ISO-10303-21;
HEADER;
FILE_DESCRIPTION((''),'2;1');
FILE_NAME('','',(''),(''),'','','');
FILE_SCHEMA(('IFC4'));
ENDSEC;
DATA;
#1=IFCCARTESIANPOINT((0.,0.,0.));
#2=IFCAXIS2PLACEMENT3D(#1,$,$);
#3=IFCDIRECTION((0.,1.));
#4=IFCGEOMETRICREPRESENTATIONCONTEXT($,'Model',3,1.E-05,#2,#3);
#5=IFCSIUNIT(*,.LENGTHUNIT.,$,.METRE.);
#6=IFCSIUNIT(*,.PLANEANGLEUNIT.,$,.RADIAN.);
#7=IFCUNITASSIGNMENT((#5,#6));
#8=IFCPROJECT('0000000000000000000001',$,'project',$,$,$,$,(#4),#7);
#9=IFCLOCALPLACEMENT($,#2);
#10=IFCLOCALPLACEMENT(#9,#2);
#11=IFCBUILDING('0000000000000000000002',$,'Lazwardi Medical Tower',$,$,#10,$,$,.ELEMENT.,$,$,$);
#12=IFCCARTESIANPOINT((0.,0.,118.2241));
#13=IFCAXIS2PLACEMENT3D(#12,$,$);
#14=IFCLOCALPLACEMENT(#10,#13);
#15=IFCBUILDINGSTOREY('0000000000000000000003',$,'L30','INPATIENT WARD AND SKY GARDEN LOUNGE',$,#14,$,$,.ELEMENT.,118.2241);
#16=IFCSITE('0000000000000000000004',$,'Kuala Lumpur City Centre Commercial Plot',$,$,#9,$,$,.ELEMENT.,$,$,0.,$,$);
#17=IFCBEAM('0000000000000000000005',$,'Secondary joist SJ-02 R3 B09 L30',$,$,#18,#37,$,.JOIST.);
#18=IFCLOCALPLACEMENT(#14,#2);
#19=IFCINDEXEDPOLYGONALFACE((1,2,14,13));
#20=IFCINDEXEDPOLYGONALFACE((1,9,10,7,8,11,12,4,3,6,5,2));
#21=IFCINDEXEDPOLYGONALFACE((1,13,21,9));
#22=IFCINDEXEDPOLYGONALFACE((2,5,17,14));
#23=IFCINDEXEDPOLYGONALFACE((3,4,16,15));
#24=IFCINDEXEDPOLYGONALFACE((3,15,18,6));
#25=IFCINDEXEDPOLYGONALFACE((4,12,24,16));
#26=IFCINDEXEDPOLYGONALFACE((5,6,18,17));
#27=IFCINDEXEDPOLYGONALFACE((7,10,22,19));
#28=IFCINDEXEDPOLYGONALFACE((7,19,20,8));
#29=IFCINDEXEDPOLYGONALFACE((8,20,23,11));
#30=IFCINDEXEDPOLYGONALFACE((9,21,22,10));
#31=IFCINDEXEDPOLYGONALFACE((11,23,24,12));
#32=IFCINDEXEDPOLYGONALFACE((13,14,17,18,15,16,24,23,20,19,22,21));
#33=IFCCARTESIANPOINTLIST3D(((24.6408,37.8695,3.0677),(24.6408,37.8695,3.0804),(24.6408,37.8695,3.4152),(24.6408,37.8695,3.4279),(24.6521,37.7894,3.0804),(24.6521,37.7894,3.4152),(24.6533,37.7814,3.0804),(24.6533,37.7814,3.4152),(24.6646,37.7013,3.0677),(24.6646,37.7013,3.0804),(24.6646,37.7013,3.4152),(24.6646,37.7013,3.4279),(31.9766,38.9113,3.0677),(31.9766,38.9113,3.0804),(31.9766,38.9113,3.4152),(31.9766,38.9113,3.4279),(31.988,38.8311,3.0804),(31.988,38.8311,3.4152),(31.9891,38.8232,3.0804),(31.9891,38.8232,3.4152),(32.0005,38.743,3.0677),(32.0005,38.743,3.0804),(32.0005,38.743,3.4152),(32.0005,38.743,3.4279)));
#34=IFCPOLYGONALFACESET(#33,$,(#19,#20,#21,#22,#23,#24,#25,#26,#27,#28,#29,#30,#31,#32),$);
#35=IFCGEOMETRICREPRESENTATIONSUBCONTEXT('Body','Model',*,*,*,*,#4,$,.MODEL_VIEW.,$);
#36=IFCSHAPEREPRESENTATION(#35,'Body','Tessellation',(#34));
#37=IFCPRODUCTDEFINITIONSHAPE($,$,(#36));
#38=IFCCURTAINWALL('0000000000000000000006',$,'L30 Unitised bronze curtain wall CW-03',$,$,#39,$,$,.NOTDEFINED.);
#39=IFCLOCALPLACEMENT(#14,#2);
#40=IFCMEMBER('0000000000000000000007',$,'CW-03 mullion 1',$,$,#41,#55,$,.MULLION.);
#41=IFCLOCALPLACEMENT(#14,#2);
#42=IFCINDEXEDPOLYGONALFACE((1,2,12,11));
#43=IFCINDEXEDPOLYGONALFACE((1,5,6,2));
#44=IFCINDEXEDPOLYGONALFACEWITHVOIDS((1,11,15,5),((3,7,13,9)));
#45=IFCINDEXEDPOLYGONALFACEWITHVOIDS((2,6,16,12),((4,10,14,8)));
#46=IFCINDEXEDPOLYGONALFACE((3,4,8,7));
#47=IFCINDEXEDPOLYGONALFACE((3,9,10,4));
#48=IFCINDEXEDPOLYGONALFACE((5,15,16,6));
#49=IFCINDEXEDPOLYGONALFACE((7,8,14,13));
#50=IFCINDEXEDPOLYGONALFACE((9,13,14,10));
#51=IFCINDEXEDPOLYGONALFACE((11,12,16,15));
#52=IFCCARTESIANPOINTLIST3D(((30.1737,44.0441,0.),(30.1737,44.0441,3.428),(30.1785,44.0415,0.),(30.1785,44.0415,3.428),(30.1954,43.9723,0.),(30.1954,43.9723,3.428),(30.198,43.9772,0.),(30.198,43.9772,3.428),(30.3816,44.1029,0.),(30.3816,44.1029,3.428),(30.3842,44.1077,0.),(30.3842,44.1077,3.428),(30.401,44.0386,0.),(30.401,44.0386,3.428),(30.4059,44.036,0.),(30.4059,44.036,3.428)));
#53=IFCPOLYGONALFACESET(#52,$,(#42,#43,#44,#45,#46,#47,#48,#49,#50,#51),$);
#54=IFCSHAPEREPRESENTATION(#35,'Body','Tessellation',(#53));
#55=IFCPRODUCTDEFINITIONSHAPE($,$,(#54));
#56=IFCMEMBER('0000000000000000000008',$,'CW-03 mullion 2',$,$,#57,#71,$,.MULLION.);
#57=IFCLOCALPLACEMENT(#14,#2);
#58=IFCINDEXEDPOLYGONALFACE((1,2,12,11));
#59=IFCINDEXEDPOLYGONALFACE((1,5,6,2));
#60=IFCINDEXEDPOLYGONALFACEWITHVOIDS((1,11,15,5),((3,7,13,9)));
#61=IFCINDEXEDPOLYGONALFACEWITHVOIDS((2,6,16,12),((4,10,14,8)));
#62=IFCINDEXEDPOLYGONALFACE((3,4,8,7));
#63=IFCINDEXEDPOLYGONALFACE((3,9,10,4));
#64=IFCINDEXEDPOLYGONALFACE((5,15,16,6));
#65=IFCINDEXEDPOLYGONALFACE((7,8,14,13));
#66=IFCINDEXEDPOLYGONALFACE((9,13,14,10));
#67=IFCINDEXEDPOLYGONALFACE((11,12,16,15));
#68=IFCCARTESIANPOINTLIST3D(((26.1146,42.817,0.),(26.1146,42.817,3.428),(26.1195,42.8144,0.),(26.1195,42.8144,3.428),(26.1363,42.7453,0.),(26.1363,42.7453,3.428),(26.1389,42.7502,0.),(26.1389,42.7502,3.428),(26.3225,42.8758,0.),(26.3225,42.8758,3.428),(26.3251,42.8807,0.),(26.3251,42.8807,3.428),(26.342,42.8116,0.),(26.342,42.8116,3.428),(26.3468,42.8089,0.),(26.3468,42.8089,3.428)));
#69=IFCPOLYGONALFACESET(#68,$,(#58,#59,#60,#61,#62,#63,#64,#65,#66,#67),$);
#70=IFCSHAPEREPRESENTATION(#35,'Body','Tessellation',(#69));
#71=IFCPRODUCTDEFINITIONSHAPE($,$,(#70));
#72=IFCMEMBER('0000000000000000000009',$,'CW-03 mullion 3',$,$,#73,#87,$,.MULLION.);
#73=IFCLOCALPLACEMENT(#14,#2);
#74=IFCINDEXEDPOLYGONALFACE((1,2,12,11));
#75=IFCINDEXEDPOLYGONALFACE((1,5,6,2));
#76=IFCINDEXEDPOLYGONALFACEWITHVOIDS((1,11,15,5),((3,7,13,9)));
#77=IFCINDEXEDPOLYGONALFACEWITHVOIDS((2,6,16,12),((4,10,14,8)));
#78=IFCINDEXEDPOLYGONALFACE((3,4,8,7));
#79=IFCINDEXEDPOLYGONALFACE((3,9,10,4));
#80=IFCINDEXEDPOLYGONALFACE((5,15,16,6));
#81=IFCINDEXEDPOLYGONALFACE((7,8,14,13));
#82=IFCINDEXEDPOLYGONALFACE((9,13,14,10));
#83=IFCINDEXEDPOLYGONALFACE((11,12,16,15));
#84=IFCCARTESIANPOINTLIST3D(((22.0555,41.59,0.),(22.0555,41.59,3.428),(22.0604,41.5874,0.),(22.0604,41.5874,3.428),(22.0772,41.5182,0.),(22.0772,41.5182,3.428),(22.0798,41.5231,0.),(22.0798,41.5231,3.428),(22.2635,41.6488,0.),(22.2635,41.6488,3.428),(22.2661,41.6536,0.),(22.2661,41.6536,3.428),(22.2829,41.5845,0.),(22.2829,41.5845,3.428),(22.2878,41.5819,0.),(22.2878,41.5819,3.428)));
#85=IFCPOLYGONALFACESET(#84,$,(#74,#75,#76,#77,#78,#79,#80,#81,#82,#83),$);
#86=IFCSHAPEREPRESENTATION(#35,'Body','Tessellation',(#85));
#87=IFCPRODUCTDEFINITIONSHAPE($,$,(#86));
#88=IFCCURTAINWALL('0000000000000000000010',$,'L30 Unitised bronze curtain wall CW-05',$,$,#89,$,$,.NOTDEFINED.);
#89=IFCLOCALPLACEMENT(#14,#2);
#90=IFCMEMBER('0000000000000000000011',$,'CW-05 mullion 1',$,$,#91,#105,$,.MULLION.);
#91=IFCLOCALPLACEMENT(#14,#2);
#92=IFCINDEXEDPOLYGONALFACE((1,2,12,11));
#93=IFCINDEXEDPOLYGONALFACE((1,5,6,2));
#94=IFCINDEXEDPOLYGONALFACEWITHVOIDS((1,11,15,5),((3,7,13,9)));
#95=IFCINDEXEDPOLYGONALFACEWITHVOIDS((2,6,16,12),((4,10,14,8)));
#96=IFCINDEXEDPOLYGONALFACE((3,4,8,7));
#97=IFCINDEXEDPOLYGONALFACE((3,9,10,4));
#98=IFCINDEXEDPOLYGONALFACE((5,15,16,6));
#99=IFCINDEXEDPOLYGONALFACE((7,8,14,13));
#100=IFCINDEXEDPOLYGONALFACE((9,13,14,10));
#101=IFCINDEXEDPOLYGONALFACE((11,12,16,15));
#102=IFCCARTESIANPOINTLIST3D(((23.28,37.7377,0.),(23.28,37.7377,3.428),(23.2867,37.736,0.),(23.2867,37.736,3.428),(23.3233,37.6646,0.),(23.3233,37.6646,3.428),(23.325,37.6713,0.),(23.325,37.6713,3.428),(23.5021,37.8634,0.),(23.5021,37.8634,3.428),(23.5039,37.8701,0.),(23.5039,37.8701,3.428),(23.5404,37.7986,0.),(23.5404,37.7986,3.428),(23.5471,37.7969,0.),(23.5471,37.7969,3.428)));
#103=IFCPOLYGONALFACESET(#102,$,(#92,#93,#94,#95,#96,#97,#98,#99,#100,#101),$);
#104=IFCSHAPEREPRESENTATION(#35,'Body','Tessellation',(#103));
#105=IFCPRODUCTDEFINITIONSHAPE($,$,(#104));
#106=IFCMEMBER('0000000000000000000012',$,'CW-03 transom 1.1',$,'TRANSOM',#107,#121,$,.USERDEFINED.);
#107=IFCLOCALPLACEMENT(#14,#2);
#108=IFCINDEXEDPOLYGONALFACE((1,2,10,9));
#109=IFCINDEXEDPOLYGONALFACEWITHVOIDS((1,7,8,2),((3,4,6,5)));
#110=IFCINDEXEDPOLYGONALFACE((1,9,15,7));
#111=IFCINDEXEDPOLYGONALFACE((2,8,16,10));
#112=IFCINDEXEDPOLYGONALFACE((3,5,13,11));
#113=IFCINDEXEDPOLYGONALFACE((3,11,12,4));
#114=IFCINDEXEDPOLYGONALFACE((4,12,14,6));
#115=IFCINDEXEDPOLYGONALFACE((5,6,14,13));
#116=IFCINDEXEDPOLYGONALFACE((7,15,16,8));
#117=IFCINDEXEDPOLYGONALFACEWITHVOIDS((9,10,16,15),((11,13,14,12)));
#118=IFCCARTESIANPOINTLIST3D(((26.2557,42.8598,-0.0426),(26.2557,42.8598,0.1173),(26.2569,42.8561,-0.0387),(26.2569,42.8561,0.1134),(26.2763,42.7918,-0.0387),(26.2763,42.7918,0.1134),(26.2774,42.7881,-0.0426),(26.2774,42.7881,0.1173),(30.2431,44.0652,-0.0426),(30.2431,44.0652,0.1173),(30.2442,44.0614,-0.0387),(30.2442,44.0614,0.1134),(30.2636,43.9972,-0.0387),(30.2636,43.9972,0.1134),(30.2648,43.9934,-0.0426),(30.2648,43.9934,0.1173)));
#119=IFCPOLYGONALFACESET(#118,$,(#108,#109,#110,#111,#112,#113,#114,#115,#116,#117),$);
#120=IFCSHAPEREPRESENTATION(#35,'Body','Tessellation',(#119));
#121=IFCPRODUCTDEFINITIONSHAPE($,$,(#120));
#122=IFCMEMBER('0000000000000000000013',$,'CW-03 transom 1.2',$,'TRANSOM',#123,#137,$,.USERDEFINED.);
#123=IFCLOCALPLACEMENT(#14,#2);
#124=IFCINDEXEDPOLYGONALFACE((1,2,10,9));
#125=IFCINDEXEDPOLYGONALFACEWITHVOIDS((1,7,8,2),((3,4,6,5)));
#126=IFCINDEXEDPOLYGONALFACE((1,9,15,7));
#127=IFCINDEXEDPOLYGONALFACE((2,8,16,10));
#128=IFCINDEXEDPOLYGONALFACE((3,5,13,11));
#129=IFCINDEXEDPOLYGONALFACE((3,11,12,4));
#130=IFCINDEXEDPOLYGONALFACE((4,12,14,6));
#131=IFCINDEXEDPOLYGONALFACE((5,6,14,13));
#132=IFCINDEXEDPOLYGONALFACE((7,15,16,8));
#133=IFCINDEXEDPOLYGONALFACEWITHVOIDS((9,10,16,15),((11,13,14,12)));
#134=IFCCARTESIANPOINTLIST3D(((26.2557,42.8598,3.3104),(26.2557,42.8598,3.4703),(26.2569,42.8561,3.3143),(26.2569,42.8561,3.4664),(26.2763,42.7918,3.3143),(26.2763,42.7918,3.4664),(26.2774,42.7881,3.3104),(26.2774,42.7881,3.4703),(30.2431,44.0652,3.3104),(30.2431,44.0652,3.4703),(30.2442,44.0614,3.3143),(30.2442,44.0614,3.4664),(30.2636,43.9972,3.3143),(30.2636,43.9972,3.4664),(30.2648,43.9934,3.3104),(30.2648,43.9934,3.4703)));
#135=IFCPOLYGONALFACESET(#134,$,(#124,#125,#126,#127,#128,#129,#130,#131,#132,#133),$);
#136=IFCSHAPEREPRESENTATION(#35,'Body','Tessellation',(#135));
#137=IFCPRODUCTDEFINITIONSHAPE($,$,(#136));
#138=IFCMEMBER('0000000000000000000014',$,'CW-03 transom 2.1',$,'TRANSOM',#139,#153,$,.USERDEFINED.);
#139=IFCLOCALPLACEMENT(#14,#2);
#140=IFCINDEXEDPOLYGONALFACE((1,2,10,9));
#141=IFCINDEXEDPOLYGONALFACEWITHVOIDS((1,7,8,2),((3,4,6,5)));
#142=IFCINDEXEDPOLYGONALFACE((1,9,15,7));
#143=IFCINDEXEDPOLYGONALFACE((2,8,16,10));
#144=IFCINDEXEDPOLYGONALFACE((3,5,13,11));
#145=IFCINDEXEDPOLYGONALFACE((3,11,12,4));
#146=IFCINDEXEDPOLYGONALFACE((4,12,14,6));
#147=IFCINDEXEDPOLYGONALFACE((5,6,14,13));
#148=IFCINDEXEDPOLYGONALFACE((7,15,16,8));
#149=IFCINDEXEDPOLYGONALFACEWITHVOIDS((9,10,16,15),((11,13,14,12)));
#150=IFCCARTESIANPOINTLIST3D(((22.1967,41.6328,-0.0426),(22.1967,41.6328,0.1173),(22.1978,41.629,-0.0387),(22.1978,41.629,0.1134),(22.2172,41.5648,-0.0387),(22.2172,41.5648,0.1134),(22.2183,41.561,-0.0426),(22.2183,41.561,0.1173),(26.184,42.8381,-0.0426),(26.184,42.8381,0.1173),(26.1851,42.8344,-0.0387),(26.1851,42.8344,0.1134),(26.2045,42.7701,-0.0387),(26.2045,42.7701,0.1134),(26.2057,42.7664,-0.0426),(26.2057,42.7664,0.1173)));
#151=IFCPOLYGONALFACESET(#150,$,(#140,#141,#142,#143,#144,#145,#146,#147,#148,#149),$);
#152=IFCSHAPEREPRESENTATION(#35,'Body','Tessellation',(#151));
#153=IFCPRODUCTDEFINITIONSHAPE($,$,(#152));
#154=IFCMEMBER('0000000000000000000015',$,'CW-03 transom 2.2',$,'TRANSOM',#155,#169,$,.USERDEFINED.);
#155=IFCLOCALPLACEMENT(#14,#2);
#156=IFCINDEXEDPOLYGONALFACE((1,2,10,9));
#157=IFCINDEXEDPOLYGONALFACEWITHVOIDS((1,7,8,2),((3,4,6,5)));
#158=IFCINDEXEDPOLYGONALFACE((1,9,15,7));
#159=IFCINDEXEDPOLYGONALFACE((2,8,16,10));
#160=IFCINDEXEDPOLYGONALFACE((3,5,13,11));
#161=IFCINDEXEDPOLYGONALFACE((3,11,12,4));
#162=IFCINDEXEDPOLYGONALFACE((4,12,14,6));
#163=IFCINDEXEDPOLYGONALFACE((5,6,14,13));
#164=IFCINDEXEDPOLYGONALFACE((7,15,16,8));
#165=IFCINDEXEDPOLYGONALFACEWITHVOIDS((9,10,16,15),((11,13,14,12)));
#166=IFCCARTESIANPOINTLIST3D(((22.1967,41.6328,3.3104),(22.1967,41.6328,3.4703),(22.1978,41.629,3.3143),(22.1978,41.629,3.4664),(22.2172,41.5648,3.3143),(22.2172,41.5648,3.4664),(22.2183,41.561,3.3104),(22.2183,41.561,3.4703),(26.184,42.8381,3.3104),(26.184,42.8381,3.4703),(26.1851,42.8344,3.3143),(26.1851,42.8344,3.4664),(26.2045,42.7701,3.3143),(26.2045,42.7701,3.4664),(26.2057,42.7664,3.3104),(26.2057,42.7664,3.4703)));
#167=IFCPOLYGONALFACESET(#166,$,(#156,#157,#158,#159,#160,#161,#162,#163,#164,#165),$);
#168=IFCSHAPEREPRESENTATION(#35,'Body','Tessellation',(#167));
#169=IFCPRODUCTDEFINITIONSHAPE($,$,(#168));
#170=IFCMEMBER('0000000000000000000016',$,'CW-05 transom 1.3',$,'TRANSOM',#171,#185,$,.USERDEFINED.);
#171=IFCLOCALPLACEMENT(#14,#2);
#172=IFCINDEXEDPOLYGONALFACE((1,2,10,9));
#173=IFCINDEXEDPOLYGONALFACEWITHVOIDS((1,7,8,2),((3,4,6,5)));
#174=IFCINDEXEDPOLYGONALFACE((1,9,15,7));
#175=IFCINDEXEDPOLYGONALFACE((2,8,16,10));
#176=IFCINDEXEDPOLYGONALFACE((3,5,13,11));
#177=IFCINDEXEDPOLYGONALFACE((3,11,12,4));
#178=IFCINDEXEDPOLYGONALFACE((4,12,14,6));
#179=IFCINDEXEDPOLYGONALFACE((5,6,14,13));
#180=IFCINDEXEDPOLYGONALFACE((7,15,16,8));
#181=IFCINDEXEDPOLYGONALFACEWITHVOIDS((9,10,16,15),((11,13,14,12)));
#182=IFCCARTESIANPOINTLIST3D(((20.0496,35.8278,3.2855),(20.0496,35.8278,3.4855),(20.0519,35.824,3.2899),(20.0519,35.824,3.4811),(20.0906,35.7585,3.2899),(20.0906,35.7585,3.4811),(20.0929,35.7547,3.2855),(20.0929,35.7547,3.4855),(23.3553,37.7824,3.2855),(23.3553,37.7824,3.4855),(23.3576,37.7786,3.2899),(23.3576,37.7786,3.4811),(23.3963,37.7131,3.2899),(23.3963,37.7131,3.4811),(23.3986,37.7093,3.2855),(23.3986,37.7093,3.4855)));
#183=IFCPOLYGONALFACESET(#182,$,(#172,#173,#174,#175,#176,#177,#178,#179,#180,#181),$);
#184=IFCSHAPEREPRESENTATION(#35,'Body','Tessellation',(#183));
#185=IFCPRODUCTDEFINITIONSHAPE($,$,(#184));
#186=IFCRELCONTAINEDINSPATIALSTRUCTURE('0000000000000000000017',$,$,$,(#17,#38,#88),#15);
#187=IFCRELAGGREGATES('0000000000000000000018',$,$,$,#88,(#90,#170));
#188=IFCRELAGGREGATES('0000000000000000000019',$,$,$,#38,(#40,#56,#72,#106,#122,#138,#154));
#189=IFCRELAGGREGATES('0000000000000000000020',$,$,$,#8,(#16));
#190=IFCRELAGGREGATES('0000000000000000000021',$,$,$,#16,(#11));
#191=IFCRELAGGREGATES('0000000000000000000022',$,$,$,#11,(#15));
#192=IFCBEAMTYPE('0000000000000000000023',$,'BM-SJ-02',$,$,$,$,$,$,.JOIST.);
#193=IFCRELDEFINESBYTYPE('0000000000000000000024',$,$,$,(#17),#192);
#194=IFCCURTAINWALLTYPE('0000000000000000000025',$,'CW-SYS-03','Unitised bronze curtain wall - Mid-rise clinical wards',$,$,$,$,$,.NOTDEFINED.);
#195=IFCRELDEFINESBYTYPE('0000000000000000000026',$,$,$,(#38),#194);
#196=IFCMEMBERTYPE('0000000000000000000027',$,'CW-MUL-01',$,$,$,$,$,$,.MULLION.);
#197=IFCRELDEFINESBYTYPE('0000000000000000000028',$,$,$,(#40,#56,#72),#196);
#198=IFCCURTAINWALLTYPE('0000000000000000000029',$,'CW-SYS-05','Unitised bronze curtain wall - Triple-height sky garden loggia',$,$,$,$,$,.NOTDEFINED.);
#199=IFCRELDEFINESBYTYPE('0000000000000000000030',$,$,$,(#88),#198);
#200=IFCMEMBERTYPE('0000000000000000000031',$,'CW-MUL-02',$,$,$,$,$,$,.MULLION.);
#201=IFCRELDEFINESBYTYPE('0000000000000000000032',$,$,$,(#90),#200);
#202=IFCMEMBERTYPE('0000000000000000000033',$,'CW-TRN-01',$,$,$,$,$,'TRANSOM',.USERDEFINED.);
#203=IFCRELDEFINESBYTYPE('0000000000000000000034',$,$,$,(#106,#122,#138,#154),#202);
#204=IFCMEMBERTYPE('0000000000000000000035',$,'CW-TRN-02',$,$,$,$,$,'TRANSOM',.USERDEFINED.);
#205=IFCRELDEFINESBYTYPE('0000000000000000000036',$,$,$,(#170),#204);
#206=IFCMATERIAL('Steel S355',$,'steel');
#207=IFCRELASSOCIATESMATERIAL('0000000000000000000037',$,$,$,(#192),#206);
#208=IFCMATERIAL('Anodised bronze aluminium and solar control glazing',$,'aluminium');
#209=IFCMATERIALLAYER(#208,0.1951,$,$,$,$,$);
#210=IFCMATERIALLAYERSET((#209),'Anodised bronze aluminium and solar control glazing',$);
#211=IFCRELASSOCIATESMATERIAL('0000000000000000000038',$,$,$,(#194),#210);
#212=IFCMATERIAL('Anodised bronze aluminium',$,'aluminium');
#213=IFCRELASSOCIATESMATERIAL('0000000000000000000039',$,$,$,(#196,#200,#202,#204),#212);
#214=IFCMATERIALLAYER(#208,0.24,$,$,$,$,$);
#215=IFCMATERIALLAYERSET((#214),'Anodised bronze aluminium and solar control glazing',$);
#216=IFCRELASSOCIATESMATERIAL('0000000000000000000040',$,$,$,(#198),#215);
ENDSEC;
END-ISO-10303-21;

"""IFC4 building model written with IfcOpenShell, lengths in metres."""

from ifc_helpers import new_model, si_unit, direction, frame, origin, origin_2d, place, context, subcontext, project, spatial, hollow_rectangle, i_section, extrude, material, layer, layer_set, material_profile, profile_set, type_object, element, aggregate, save


model = new_model("IFC4")

# Units and contexts
model_context = context("Model", 3, precision=1e-05, world=origin(), true_north=direction((0.0, 1.0)))
body_context = subcontext(model_context, "Body", "Model", "MODEL_VIEW")
ifc_project = project(units=[si_unit("LENGTHUNIT", "METRE"), si_unit("PLANEANGLEUNIT", "RADIAN")], contexts=[model_context])

# Site, building, storey
site_placement = place(None, origin())
site = spatial("IfcSite", under=ifc_project, at=site_placement, Name="Kuala Lumpur City Centre Commercial Plot", CompositionType="ELEMENT", RefElevation=0.0)
building_placement = place(site_placement, origin())
building = spatial("IfcBuilding", under=site, at=building_placement, Name="Lazwardi Medical Tower", CompositionType="ELEMENT")
storey_placement = place(building_placement, frame((0.0, 0.0, 118.2241)))
storey = spatial("IfcBuildingStorey", under=building, at=storey_placement, Name="L30", Description="INPATIENT WARD AND SKY GARDEN LOUNGE", CompositionType="ELEMENT", Elevation=118.2241)

# Beam
ifc_material_1 = material(Name="Steel S355", Category="steel")
ifc_material_profile_1 = material_profile(ifc_material_1, i_section(OverallWidth=0.1699, OverallDepth=0.3601, WebThickness=0.0081, FlangeThickness=0.0127, at=origin_2d()), Name="IPE 360")
ifc_profile_set_1 = profile_set([ifc_material_profile_1], Name="Steel S355")
beam_type_1 = type_object("IfcBeamType", Name="BM-SJ-02", PredefinedType="JOIST", material=ifc_profile_set_1)
beam_1_placement = place(storey_placement, frame((31.9885, 38.8271, 3.2478), z_axis=(-0.990067, -0.140596, 0.0), x_axis=(0.140596, -0.990067, 0.0)))
element("IfcBeam", 1, at=beam_1_placement, inside=storey, type_object=beam_type_1, Name="Secondary joist SJ-02 R3 B09 L30", PredefinedType="JOIST", context=body_context, shape_type="SweptSolid", body=[
    extrude(i_section(OverallWidth=0.1699, OverallDepth=0.3601, WebThickness=0.0081, FlangeThickness=0.0127, at=origin_2d()), origin(), (0.0, 0.0, 1.0), 7.4094),
])

# Curtain wall, members
ifc_material_2 = material(Name="Anodised bronze aluminium and solar control glazing", Category="aluminium")
ifc_layer_1 = layer(ifc_material_2, 0.1951)
ifc_layer_set_1 = layer_set([ifc_layer_1], Name="Anodised bronze aluminium and solar control glazing")
curtain_wall_type_1 = type_object("IfcCurtainWallType", Name="CW-SYS-03", Description="Unitised bronze curtain wall - Mid-rise clinical wards", PredefinedType="NOTDEFINED", material=ifc_layer_set_1)
curtain_wall_1_placement = place(storey_placement, origin())
curtain_wall_1 = element("IfcCurtainWall", 2, at=curtain_wall_1_placement, inside=storey, type_object=curtain_wall_type_1, Name="L30 Unitised bronze curtain wall CW-03", PredefinedType="NOTDEFINED")
ifc_material_3 = material(Name="Anodised bronze aluminium", Category="aluminium")
ifc_material_profile_2 = material_profile(ifc_material_3, hollow_rectangle(XDim=0.075, YDim=0.22, WallThickness=0.0039, at=origin_2d()), Name="ALU-MULLION 220x75x4")
ifc_profile_set_2 = profile_set([ifc_material_profile_2], Name="Anodised bronze aluminium")
member_type_1 = type_object("IfcMemberType", Name="CW-MUL-01", PredefinedType="MULLION", material=ifc_profile_set_2)
member_1_placement = place(storey_placement, frame((30.2898, 44.04, 0.0), z_axis=(0.0, 0.0, 1.0), x_axis=(0.289374, -0.957216, 0.0)))
member_1 = element("IfcMember", 3, at=member_1_placement, type_object=member_type_1, Name="CW-03 mullion 1", PredefinedType="MULLION", context=body_context, shape_type="SweptSolid", body=[
    extrude(hollow_rectangle(XDim=0.075, YDim=0.22, WallThickness=0.0039, at=origin_2d()), origin(), (0.0, 0.0, 1.0), 3.428),
])
member_2_placement = place(storey_placement, frame((26.2307, 42.813, 0.0), z_axis=(0.0, 0.0, 1.0), x_axis=(0.289374, -0.957216, 0.0)))
member_2 = element("IfcMember", 4, at=member_2_placement, type_object=member_type_1, Name="CW-03 mullion 2", PredefinedType="MULLION", context=body_context, shape_type="SweptSolid", body=[
    extrude(hollow_rectangle(XDim=0.075, YDim=0.22, WallThickness=0.0039, at=origin_2d()), origin(), (0.0, 0.0, 1.0), 3.428),
])
member_3_placement = place(storey_placement, frame((22.1716, 41.5859, 0.0), z_axis=(0.0, 0.0, 1.0), x_axis=(0.289374, -0.957216, 0.0)))
member_3 = element("IfcMember", 5, at=member_3_placement, type_object=member_type_1, Name="CW-03 mullion 3", PredefinedType="MULLION", context=body_context, shape_type="SweptSolid", body=[
    extrude(hollow_rectangle(XDim=0.075, YDim=0.22, WallThickness=0.0039, at=origin_2d()), origin(), (0.0, 0.0, 1.0), 3.428),
])

# Curtain wall, member
ifc_layer_2 = layer(ifc_material_2, 0.24)
ifc_layer_set_2 = layer_set([ifc_layer_2], Name="Anodised bronze aluminium and solar control glazing")
curtain_wall_type_2 = type_object("IfcCurtainWallType", Name="CW-SYS-05", Description="Unitised bronze curtain wall - Triple-height sky garden loggia", PredefinedType="NOTDEFINED", material=ifc_layer_set_2)
curtain_wall_2_placement = place(storey_placement, origin())
curtain_wall_2 = element("IfcCurtainWall", 6, at=curtain_wall_2_placement, inside=storey, type_object=curtain_wall_type_2, Name="L30 Unitised bronze curtain wall CW-05", PredefinedType="NOTDEFINED")
ifc_material_profile_3 = material_profile(ifc_material_3, hollow_rectangle(XDim=0.085, YDim=0.26, WallThickness=0.0049, at=origin_2d()), Name="ALU-MULLION 260x85x5")
ifc_profile_set_3 = profile_set([ifc_material_profile_3], Name="Anodised bronze aluminium")
member_type_2 = type_object("IfcMemberType", Name="CW-MUL-02", PredefinedType="MULLION", material=ifc_profile_set_3)
member_4_placement = place(storey_placement, frame((23.4136, 37.7673, 0.0), z_axis=(0.0, 0.0, 1.0), x_axis=(0.508918, -0.860815, 0.0)))
member_4 = element("IfcMember", 7, at=member_4_placement, type_object=member_type_2, Name="CW-05 mullion 1", PredefinedType="MULLION", context=body_context, shape_type="SweptSolid", body=[
    extrude(hollow_rectangle(XDim=0.085, YDim=0.26, WallThickness=0.0049, at=origin_2d()), origin(), (0.0, 0.0, 1.0), 3.428),
])

# Members
ifc_material_profile_4 = material_profile(ifc_material_3, hollow_rectangle(XDim=0.075, YDim=0.1599, WallThickness=0.0039, at=origin_2d()), Name="ALU-TRANSOM 160x75x4")
ifc_profile_set_4 = profile_set([ifc_material_profile_4], Name="Anodised bronze aluminium")
member_type_3 = type_object("IfcMemberType", Name="CW-TRN-01", ElementType="TRANSOM", PredefinedType="USERDEFINED", material=ifc_profile_set_4)
member_5_placement = place(storey_placement, frame((30.2539, 44.0293, 0.0374), z_axis=(-0.957221, -0.289358, 0.0), x_axis=(0.289358, -0.957221, 0.0)))
member_5 = element("IfcMember", 8, at=member_5_placement, type_object=member_type_3, Name="CW-03 transom 1.1", ObjectType="TRANSOM", PredefinedType="USERDEFINED", context=body_context, shape_type="SweptSolid", body=[
    extrude(hollow_rectangle(XDim=0.075, YDim=0.1599, WallThickness=0.0039, at=origin_2d()), origin(), (0.0, 0.0, 1.0), 4.1655),
])
member_6_placement = place(storey_placement, frame((30.2539, 44.0293, 3.3904), z_axis=(-0.957221, -0.289358, 0.0), x_axis=(0.289358, -0.957221, 0.0)))
member_6 = element("IfcMember", 9, at=member_6_placement, type_object=member_type_3, Name="CW-03 transom 1.2", ObjectType="TRANSOM", PredefinedType="USERDEFINED", context=body_context, shape_type="SweptSolid", body=[
    extrude(hollow_rectangle(XDim=0.075, YDim=0.1599, WallThickness=0.0039, at=origin_2d()), origin(), (0.0, 0.0, 1.0), 4.1655),
])
member_7_placement = place(storey_placement, frame((26.1948, 42.8022, 0.0374), z_axis=(-0.957221, -0.289358, 0.0), x_axis=(0.289358, -0.957221, 0.0)))
member_7 = element("IfcMember", 10, at=member_7_placement, type_object=member_type_3, Name="CW-03 transom 2.1", ObjectType="TRANSOM", PredefinedType="USERDEFINED", context=body_context, shape_type="SweptSolid", body=[
    extrude(hollow_rectangle(XDim=0.075, YDim=0.1599, WallThickness=0.0039, at=origin_2d()), origin(), (0.0, 0.0, 1.0), 4.1655),
])
member_8_placement = place(storey_placement, frame((26.1948, 42.8022, 3.3904), z_axis=(-0.957221, -0.289358, 0.0), x_axis=(0.289358, -0.957221, 0.0)))
member_8 = element("IfcMember", 11, at=member_8_placement, type_object=member_type_3, Name="CW-03 transom 2.2", ObjectType="TRANSOM", PredefinedType="USERDEFINED", context=body_context, shape_type="SweptSolid", body=[
    extrude(hollow_rectangle(XDim=0.075, YDim=0.1599, WallThickness=0.0039, at=origin_2d()), origin(), (0.0, 0.0, 1.0), 4.1655),
])
ifc_material_profile_5 = material_profile(ifc_material_3, hollow_rectangle(XDim=0.085, YDim=0.2, WallThickness=0.0044, at=origin_2d()), Name="ALU-TRANSOM 200x85x4.5")
ifc_profile_set_5 = profile_set([ifc_material_profile_5], Name="Anodised bronze aluminium")
member_type_4 = type_object("IfcMemberType", Name="CW-TRN-02", ElementType="TRANSOM", PredefinedType="USERDEFINED", material=ifc_profile_set_5)
member_9_placement = place(storey_placement, frame((23.377, 37.7458, 3.3855), z_axis=(-0.860785, -0.508969, 0.0), x_axis=(0.508969, -0.860785, 0.0)))
member_9 = element("IfcMember", 12, at=member_9_placement, type_object=member_type_4, Name="CW-05 transom 1.3", ObjectType="TRANSOM", PredefinedType="USERDEFINED", context=body_context, shape_type="SweptSolid", body=[
    extrude(hollow_rectangle(XDim=0.085, YDim=0.2, WallThickness=0.0044, at=origin_2d()), origin(), (0.0, 0.0, 1.0), 3.8403),
])
aggregate(curtain_wall_2, [member_4, member_9])

aggregate(curtain_wall_1, [member_1, member_2, member_3, member_5, member_6, member_7, member_8])

save(model, "model.ifc")
